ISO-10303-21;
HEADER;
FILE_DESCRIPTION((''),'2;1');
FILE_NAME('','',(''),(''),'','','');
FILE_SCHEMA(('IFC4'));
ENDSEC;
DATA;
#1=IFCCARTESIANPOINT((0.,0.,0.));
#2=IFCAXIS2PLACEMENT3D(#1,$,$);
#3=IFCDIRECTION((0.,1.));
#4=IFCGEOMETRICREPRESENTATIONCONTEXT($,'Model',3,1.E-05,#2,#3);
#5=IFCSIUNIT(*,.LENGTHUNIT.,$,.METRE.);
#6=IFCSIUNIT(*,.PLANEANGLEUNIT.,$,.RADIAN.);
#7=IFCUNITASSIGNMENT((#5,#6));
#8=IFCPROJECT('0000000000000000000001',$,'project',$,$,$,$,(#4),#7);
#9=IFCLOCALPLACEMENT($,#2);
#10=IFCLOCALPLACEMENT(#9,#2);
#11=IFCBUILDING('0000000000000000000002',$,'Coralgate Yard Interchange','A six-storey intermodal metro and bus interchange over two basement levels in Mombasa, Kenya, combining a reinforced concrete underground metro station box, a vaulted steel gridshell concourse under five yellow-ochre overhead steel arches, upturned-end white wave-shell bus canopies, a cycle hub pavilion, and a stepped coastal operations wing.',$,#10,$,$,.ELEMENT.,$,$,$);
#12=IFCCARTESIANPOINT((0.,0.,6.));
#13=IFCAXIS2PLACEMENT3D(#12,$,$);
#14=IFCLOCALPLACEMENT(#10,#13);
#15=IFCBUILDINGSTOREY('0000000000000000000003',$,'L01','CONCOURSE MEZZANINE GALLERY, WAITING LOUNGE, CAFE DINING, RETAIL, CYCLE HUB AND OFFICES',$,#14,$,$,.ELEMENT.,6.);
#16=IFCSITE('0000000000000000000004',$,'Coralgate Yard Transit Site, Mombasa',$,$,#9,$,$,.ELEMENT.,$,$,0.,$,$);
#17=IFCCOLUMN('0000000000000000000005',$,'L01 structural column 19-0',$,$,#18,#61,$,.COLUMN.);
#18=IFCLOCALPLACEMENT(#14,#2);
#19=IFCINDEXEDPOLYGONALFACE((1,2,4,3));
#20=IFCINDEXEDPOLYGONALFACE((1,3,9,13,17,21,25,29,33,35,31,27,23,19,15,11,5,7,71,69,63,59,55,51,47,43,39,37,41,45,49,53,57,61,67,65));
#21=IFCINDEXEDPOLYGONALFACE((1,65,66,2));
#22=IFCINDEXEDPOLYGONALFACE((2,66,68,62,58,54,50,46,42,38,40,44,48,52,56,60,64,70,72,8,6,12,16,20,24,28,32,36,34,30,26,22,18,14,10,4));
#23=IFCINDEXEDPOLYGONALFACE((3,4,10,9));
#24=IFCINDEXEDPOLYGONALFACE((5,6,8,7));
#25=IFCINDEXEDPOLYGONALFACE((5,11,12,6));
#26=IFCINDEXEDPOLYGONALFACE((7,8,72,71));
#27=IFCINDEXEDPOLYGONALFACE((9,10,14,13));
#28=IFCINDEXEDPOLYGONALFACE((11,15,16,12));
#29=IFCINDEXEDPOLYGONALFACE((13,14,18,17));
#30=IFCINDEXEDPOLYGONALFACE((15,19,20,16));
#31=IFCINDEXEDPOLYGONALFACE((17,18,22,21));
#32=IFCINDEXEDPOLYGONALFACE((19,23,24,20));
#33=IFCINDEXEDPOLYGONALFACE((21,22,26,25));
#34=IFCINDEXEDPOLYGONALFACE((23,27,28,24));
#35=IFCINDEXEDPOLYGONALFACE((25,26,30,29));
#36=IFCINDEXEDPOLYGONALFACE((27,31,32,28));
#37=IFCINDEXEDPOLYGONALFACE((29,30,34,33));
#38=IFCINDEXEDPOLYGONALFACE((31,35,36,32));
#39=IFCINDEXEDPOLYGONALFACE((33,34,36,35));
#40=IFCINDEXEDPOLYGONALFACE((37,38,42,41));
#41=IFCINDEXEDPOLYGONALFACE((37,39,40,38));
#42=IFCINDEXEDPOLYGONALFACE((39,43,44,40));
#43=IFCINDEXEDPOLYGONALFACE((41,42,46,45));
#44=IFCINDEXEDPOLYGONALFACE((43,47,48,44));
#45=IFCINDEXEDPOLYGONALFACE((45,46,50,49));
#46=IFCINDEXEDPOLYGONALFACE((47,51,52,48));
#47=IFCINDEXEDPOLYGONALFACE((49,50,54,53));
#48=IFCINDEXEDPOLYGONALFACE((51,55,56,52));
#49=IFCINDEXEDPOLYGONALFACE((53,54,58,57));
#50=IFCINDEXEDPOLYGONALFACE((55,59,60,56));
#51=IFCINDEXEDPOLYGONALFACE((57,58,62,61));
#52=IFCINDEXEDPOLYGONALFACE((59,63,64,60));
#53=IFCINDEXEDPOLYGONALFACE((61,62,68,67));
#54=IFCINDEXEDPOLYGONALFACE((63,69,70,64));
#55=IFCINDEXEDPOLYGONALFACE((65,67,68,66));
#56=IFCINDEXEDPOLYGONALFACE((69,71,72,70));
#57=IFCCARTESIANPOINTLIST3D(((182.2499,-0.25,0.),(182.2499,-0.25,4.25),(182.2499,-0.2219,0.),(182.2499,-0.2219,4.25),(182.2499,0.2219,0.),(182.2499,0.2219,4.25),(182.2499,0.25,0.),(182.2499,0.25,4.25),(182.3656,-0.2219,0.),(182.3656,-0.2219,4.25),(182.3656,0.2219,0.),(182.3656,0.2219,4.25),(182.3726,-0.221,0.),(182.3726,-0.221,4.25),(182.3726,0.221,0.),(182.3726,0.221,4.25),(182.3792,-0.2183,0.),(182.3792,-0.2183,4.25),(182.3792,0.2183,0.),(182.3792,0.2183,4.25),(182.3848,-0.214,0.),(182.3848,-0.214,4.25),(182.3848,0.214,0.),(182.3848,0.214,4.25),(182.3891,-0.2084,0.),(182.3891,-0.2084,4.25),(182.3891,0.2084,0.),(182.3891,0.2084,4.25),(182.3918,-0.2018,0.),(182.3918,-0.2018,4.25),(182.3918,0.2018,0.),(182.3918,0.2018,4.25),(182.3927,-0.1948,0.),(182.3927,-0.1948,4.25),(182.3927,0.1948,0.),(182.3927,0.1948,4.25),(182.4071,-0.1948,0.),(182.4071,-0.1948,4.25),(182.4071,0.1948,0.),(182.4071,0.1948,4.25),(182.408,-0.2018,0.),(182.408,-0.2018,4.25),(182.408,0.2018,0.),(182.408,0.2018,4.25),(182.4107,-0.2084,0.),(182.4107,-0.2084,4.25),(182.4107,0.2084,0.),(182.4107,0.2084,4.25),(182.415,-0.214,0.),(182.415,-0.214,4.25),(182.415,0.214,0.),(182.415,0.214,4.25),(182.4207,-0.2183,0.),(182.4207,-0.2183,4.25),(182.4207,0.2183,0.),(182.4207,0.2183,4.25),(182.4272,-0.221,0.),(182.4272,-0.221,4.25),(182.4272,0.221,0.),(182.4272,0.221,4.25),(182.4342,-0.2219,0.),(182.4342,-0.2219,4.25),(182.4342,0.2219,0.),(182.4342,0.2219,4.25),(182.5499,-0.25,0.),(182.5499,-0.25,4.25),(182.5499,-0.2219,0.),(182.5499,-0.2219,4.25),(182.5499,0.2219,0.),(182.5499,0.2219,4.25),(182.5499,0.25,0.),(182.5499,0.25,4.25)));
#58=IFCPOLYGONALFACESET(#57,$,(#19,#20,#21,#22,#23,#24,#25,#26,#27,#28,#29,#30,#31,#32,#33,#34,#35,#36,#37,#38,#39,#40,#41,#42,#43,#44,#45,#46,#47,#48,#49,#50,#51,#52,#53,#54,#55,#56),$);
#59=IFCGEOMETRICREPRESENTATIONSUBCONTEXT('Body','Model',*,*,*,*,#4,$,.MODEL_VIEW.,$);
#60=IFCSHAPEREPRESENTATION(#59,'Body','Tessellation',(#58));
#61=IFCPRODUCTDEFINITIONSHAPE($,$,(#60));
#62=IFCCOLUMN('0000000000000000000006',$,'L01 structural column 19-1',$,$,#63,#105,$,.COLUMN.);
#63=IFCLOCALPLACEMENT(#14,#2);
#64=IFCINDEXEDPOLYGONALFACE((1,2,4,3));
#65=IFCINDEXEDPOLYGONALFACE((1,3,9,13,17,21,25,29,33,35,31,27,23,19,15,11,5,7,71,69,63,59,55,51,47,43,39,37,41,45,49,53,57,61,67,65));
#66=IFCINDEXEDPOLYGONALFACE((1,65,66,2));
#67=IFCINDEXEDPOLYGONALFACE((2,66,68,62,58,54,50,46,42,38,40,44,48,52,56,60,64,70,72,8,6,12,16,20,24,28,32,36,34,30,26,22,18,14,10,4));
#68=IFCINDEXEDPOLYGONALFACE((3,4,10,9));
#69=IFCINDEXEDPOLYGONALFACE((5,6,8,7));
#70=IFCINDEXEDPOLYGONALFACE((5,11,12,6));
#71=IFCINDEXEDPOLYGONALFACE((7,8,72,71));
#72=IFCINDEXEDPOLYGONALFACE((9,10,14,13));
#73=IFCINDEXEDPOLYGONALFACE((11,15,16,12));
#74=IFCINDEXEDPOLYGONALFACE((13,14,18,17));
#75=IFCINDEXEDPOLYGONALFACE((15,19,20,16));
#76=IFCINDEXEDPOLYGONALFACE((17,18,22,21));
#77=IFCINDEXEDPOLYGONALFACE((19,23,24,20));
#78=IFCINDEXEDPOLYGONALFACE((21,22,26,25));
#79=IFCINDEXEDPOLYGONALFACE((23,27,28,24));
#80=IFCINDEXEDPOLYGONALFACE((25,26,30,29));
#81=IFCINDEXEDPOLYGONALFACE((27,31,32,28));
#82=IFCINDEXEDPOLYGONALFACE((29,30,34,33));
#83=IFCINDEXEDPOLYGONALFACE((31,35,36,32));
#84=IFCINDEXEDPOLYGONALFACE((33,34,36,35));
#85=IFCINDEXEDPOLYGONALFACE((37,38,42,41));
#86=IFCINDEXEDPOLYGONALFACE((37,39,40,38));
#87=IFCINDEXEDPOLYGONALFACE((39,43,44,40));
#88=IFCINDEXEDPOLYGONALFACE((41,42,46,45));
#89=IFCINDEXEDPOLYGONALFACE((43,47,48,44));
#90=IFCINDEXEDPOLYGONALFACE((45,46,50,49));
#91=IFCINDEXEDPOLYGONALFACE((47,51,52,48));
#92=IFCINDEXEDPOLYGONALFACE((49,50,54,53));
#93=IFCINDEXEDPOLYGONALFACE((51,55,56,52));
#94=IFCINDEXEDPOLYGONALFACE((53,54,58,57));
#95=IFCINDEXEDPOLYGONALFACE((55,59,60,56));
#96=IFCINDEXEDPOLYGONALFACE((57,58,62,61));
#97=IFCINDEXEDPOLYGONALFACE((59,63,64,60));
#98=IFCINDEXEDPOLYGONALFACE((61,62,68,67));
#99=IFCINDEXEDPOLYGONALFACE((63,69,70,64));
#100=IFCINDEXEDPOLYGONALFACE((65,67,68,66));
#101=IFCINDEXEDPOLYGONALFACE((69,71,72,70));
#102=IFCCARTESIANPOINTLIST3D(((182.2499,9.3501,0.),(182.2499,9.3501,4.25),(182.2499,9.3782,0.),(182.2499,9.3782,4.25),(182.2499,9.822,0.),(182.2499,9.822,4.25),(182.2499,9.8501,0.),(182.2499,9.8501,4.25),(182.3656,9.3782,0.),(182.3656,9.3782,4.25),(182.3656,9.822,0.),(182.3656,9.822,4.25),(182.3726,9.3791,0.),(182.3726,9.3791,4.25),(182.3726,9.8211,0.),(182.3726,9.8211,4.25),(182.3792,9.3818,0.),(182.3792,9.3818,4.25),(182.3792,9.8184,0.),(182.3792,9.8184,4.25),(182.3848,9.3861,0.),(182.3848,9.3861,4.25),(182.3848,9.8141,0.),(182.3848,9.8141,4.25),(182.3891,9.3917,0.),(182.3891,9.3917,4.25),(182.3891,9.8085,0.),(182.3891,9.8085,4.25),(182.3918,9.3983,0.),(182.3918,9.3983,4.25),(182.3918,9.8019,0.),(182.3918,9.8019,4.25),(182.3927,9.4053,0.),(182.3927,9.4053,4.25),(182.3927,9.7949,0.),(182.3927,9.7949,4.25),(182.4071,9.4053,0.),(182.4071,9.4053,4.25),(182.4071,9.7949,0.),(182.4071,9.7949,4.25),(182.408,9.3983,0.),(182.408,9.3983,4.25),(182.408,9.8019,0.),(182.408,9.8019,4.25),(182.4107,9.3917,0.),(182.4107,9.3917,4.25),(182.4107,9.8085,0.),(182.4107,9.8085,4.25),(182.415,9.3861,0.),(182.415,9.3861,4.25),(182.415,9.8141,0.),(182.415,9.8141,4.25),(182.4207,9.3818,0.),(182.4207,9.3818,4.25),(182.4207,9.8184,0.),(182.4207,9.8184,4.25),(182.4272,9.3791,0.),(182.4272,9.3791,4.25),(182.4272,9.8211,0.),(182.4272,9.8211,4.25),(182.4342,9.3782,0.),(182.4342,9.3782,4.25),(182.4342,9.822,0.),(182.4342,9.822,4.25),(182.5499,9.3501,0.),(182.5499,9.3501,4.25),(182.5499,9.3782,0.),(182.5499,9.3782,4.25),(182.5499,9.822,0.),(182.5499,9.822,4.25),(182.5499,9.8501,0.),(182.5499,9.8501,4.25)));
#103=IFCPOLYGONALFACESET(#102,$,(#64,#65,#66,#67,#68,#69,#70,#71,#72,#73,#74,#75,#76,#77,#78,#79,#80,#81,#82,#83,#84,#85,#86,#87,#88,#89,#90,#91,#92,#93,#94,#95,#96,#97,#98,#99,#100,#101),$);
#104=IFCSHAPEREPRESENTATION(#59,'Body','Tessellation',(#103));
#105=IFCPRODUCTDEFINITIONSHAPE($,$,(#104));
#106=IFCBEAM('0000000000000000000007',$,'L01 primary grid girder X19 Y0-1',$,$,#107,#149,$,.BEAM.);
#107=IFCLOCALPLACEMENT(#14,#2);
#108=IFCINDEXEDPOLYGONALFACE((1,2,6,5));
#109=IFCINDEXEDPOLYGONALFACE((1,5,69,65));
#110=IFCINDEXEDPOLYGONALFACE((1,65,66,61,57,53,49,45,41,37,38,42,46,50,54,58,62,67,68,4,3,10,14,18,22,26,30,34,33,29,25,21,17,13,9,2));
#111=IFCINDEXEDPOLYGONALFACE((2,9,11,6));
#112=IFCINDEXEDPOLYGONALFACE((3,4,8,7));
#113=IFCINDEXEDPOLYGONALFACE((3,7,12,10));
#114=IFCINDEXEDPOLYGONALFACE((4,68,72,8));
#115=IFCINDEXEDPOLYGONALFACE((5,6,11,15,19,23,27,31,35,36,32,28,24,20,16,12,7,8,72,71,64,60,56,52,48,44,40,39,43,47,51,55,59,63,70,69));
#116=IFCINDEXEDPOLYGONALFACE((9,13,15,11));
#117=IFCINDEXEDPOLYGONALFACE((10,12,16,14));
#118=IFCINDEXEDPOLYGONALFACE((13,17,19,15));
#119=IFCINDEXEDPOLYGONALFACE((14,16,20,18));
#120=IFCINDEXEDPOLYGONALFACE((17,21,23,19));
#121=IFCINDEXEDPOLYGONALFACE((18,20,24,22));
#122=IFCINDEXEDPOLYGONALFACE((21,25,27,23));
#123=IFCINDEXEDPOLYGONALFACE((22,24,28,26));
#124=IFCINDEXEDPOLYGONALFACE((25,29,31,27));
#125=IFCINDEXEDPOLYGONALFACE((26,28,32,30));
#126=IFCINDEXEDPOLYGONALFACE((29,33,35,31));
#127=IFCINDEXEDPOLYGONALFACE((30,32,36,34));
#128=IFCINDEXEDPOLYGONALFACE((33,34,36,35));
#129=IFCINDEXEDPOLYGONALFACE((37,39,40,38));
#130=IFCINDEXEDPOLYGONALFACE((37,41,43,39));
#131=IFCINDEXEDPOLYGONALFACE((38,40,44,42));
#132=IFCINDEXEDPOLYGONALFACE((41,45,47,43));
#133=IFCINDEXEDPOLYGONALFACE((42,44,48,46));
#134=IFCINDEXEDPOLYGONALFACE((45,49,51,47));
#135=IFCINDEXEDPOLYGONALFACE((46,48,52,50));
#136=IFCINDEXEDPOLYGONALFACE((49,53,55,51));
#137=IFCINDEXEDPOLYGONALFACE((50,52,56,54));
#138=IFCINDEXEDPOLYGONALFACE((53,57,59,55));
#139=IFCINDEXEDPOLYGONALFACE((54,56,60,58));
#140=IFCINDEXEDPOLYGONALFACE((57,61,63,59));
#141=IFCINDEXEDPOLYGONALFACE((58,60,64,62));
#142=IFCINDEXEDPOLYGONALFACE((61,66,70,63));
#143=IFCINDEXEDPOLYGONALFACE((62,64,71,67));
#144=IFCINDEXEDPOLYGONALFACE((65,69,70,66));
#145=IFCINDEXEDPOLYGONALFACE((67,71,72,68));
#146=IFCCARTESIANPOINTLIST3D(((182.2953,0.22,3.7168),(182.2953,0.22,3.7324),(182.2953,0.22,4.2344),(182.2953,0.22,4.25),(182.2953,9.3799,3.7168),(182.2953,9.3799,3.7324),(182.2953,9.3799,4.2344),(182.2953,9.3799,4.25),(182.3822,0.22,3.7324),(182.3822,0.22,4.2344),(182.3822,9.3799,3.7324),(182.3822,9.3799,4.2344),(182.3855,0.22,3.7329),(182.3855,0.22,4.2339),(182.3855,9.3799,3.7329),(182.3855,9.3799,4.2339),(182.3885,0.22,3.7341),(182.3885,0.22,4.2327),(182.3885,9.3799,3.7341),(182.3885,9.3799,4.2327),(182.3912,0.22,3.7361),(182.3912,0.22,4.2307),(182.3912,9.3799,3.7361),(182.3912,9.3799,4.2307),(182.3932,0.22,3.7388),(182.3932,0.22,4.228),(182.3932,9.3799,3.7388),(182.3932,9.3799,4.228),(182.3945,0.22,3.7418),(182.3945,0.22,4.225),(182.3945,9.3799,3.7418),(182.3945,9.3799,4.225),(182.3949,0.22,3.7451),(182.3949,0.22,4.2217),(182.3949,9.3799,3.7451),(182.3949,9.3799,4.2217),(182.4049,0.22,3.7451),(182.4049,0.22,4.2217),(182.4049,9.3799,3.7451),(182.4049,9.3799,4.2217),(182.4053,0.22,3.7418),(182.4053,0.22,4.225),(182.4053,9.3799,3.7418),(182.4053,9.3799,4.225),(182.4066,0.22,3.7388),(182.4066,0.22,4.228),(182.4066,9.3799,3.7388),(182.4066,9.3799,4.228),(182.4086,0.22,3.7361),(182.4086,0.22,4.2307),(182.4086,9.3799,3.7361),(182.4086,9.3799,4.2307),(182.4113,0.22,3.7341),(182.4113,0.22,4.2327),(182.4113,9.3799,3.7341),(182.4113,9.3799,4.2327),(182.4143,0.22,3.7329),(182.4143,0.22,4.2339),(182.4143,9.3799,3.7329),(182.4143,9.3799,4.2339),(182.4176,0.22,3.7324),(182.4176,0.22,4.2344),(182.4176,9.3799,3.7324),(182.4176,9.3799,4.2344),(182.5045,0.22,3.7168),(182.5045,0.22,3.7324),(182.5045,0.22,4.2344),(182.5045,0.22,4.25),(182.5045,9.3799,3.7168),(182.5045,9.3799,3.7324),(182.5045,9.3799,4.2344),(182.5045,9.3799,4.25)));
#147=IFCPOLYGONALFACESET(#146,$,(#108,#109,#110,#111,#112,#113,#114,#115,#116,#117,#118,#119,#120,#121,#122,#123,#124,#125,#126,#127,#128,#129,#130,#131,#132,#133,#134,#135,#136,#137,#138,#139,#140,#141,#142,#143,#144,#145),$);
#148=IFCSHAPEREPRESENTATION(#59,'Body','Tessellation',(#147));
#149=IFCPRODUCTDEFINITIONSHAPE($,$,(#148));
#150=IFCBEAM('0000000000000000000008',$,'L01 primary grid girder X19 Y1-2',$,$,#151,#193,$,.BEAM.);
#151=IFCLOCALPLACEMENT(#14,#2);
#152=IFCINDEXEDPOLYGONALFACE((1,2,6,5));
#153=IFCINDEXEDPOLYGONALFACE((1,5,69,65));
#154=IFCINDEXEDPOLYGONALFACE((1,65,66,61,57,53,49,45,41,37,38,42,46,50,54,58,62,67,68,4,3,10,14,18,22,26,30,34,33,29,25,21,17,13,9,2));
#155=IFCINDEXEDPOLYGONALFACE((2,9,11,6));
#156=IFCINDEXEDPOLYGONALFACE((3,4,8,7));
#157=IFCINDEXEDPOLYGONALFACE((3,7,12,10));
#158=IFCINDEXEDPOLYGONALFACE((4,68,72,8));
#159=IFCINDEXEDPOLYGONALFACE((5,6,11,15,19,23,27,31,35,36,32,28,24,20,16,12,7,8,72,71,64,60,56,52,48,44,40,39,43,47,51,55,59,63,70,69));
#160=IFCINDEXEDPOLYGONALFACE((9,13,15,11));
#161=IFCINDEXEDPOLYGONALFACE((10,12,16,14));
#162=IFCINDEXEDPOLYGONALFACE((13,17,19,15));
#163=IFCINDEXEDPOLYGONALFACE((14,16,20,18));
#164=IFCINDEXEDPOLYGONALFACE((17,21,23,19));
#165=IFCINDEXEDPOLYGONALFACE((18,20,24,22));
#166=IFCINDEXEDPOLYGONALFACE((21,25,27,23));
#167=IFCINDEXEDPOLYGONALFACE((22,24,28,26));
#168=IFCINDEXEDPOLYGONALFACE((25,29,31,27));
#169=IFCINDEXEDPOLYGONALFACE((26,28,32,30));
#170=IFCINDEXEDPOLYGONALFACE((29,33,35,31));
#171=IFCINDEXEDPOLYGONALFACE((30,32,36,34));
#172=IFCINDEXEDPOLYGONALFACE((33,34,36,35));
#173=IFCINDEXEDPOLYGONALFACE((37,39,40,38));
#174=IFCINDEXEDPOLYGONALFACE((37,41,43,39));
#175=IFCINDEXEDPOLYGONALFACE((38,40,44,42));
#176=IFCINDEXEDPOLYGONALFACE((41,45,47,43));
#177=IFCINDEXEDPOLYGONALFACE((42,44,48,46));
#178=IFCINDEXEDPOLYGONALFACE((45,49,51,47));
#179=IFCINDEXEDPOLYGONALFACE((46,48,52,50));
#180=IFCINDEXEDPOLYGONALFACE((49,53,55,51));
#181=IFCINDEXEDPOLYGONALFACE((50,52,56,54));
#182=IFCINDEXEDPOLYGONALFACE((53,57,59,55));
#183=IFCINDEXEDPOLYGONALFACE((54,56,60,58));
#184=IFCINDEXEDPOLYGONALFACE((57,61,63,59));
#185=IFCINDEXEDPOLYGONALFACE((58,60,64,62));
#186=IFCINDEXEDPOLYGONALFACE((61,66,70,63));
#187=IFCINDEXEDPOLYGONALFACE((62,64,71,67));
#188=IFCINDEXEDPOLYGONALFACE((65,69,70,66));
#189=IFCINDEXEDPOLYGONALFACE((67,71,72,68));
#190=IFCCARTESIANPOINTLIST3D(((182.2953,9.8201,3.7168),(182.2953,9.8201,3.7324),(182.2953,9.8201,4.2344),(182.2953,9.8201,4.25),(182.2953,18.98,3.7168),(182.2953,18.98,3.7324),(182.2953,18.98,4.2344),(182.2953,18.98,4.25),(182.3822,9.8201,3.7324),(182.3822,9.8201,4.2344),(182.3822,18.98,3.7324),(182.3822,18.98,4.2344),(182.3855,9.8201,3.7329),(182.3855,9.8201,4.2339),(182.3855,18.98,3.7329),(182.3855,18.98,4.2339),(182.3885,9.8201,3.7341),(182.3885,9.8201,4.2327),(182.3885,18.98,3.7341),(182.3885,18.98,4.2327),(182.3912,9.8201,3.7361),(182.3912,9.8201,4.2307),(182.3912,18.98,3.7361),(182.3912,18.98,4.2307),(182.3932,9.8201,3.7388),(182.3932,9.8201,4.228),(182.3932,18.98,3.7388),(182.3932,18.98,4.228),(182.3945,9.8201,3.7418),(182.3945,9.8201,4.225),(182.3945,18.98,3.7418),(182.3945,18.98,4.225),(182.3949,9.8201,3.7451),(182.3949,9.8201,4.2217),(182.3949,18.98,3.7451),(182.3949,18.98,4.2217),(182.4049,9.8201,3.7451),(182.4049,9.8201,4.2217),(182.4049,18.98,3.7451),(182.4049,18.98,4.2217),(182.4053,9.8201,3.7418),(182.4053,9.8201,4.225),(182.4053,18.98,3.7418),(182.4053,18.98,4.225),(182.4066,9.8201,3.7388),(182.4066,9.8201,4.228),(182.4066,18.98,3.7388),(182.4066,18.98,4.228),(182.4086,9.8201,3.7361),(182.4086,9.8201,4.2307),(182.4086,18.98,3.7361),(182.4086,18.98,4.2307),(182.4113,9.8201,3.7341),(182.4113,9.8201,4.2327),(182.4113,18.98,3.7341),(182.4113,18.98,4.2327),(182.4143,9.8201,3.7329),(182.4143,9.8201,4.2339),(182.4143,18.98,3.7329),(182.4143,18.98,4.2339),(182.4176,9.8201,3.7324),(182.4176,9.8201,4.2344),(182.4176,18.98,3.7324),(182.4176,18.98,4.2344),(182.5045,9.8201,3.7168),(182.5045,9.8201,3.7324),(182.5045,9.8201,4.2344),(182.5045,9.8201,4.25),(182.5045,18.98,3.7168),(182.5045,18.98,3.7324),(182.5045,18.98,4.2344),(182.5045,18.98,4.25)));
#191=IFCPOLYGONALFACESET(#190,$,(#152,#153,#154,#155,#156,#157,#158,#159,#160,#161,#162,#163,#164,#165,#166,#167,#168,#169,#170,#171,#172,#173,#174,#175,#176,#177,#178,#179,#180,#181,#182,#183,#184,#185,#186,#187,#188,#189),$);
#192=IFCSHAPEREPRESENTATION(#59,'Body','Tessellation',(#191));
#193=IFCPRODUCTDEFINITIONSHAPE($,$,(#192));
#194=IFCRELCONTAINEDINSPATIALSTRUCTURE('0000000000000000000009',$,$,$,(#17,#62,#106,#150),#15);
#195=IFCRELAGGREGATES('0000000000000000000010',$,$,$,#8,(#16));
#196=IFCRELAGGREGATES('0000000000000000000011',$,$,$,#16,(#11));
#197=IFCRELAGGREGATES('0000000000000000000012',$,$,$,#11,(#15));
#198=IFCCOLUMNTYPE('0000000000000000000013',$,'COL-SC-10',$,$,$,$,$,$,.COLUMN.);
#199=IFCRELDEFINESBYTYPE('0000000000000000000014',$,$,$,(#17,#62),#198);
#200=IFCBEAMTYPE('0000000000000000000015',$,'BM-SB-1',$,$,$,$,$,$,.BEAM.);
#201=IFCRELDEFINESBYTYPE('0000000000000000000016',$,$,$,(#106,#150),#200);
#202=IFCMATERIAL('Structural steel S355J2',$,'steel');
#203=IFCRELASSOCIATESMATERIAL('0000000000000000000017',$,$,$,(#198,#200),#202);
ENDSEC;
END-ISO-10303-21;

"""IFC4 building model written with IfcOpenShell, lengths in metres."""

from ifc_helpers import new_model, si_unit, direction, frame, origin, origin_2d, place, context, subcontext, project, spatial, i_section, extrude, material, material_profile, profile_set, type_object, element, save


model = new_model("IFC4")

# Units and contexts
model_context = context("Model", 3, precision=1e-05, world=origin(), true_north=direction((0.0, 1.0)))
body_context = subcontext(model_context, "Body", "Model", "MODEL_VIEW")
ifc_project = project(units=[si_unit("LENGTHUNIT", "METRE"), si_unit("PLANEANGLEUNIT", "RADIAN")], contexts=[model_context])

# Site, building, storey
site_placement = place(None, origin())
site = spatial("IfcSite", under=ifc_project, at=site_placement, Name="Coralgate Yard Transit Site, Mombasa", CompositionType="ELEMENT", RefElevation=0.0)
building_placement = place(site_placement, origin())
building = spatial("IfcBuilding", under=site, at=building_placement, Name="Coralgate Yard Interchange", Description="A six-storey intermodal metro and bus interchange over two basement levels in Mombasa, Kenya, combining a reinforced concrete underground metro station box, a vaulted steel gridshell concourse under five yellow-ochre overhead steel arches, upturned-end white wave-shell bus canopies, a cycle hub pavilion, and a stepped coastal operations wing.", CompositionType="ELEMENT")
storey_placement = place(building_placement, frame((0.0, 0.0, 6.0)))
storey = spatial("IfcBuildingStorey", under=building, at=storey_placement, Name="L01", Description="CONCOURSE MEZZANINE GALLERY, WAITING LOUNGE, CAFE DINING, RETAIL, CYCLE HUB AND OFFICES", CompositionType="ELEMENT", Elevation=6.0)

# Columns
ifc_material_1 = material(Name="Structural steel S355J2", Category="steel")
ifc_material_profile_1 = material_profile(ifc_material_1, i_section(OverallWidth=0.3, OverallDepth=0.5, WebThickness=0.0144, FlangeThickness=0.0281, FilletRadius=0.0271, at=origin_2d()), Name="HEB 500")
ifc_profile_set_1 = profile_set([ifc_material_profile_1], Name="Structural steel S355J2")
column_type = type_object("IfcColumnType", Name="COL-SC-10", PredefinedType="COLUMN", material=ifc_profile_set_1)
for number, where, z_axis, x_axis, name in (
    (1, (182.3999, 0.0, 0.0), (0.0, 0.0, 1.0), (1.0, 0.0, 0.0), "L01 structural column 19-0"),
    (2, (182.3999, 9.6001, 0.0), (0.0, 0.0, 1.0), (1.0, 0.0, 0.0), "L01 structural column 19-1"),
):
    element("IfcColumn", number, at=place(storey_placement, frame(where, z_axis=z_axis, x_axis=x_axis)), inside=storey, type_object=column_type, Name=name, PredefinedType="COLUMN", context=body_context, shape_type="SweptSolid", body=[
        extrude(i_section(OverallWidth=0.3, OverallDepth=0.5, WebThickness=0.0144, FlangeThickness=0.0281, FilletRadius=0.0271, at=origin_2d()), origin(), (0.0, 0.0, 1.0), 4.25),
    ])

# Beams
ifc_material_profile_2 = material_profile(ifc_material_1, i_section(OverallWidth=0.2092, OverallDepth=0.5332, WebThickness=0.01, FlangeThickness=0.0156, FilletRadius=0.0127, at=origin_2d()), Name="UB 533x210x92")
ifc_profile_set_2 = profile_set([ifc_material_profile_2], Name="Structural steel S355J2")
beam_type_1 = type_object("IfcBeamType", Name="BM-SB-1", PredefinedType="BEAM", material=ifc_profile_set_2)
for number, where, z_axis, x_axis, name in (
    (3, (182.3999, 0.22, 3.9834), (0.0, 1.0, 0.0), (-1.0, 0.0, 0.0), "L01 primary grid girder X19 Y0-1"),
    (4, (182.3999, 9.8201, 3.9834), (0.0, 1.0, 0.0), (-1.0, 0.0, 0.0), "L01 primary grid girder X19 Y1-2"),
):
    element("IfcBeam", number, at=place(storey_placement, frame(where, z_axis=z_axis, x_axis=x_axis)), inside=storey, type_object=beam_type_1, Name=name, PredefinedType="BEAM", context=body_context, shape_type="SweptSolid", body=[
        extrude(i_section(OverallWidth=0.2092, OverallDepth=0.5332, WebThickness=0.01, FlangeThickness=0.0156, FilletRadius=0.0127, at=origin_2d()), origin(), (0.0, 0.0, 1.0), 9.1599),
    ])

save(model, "model.ifc")
